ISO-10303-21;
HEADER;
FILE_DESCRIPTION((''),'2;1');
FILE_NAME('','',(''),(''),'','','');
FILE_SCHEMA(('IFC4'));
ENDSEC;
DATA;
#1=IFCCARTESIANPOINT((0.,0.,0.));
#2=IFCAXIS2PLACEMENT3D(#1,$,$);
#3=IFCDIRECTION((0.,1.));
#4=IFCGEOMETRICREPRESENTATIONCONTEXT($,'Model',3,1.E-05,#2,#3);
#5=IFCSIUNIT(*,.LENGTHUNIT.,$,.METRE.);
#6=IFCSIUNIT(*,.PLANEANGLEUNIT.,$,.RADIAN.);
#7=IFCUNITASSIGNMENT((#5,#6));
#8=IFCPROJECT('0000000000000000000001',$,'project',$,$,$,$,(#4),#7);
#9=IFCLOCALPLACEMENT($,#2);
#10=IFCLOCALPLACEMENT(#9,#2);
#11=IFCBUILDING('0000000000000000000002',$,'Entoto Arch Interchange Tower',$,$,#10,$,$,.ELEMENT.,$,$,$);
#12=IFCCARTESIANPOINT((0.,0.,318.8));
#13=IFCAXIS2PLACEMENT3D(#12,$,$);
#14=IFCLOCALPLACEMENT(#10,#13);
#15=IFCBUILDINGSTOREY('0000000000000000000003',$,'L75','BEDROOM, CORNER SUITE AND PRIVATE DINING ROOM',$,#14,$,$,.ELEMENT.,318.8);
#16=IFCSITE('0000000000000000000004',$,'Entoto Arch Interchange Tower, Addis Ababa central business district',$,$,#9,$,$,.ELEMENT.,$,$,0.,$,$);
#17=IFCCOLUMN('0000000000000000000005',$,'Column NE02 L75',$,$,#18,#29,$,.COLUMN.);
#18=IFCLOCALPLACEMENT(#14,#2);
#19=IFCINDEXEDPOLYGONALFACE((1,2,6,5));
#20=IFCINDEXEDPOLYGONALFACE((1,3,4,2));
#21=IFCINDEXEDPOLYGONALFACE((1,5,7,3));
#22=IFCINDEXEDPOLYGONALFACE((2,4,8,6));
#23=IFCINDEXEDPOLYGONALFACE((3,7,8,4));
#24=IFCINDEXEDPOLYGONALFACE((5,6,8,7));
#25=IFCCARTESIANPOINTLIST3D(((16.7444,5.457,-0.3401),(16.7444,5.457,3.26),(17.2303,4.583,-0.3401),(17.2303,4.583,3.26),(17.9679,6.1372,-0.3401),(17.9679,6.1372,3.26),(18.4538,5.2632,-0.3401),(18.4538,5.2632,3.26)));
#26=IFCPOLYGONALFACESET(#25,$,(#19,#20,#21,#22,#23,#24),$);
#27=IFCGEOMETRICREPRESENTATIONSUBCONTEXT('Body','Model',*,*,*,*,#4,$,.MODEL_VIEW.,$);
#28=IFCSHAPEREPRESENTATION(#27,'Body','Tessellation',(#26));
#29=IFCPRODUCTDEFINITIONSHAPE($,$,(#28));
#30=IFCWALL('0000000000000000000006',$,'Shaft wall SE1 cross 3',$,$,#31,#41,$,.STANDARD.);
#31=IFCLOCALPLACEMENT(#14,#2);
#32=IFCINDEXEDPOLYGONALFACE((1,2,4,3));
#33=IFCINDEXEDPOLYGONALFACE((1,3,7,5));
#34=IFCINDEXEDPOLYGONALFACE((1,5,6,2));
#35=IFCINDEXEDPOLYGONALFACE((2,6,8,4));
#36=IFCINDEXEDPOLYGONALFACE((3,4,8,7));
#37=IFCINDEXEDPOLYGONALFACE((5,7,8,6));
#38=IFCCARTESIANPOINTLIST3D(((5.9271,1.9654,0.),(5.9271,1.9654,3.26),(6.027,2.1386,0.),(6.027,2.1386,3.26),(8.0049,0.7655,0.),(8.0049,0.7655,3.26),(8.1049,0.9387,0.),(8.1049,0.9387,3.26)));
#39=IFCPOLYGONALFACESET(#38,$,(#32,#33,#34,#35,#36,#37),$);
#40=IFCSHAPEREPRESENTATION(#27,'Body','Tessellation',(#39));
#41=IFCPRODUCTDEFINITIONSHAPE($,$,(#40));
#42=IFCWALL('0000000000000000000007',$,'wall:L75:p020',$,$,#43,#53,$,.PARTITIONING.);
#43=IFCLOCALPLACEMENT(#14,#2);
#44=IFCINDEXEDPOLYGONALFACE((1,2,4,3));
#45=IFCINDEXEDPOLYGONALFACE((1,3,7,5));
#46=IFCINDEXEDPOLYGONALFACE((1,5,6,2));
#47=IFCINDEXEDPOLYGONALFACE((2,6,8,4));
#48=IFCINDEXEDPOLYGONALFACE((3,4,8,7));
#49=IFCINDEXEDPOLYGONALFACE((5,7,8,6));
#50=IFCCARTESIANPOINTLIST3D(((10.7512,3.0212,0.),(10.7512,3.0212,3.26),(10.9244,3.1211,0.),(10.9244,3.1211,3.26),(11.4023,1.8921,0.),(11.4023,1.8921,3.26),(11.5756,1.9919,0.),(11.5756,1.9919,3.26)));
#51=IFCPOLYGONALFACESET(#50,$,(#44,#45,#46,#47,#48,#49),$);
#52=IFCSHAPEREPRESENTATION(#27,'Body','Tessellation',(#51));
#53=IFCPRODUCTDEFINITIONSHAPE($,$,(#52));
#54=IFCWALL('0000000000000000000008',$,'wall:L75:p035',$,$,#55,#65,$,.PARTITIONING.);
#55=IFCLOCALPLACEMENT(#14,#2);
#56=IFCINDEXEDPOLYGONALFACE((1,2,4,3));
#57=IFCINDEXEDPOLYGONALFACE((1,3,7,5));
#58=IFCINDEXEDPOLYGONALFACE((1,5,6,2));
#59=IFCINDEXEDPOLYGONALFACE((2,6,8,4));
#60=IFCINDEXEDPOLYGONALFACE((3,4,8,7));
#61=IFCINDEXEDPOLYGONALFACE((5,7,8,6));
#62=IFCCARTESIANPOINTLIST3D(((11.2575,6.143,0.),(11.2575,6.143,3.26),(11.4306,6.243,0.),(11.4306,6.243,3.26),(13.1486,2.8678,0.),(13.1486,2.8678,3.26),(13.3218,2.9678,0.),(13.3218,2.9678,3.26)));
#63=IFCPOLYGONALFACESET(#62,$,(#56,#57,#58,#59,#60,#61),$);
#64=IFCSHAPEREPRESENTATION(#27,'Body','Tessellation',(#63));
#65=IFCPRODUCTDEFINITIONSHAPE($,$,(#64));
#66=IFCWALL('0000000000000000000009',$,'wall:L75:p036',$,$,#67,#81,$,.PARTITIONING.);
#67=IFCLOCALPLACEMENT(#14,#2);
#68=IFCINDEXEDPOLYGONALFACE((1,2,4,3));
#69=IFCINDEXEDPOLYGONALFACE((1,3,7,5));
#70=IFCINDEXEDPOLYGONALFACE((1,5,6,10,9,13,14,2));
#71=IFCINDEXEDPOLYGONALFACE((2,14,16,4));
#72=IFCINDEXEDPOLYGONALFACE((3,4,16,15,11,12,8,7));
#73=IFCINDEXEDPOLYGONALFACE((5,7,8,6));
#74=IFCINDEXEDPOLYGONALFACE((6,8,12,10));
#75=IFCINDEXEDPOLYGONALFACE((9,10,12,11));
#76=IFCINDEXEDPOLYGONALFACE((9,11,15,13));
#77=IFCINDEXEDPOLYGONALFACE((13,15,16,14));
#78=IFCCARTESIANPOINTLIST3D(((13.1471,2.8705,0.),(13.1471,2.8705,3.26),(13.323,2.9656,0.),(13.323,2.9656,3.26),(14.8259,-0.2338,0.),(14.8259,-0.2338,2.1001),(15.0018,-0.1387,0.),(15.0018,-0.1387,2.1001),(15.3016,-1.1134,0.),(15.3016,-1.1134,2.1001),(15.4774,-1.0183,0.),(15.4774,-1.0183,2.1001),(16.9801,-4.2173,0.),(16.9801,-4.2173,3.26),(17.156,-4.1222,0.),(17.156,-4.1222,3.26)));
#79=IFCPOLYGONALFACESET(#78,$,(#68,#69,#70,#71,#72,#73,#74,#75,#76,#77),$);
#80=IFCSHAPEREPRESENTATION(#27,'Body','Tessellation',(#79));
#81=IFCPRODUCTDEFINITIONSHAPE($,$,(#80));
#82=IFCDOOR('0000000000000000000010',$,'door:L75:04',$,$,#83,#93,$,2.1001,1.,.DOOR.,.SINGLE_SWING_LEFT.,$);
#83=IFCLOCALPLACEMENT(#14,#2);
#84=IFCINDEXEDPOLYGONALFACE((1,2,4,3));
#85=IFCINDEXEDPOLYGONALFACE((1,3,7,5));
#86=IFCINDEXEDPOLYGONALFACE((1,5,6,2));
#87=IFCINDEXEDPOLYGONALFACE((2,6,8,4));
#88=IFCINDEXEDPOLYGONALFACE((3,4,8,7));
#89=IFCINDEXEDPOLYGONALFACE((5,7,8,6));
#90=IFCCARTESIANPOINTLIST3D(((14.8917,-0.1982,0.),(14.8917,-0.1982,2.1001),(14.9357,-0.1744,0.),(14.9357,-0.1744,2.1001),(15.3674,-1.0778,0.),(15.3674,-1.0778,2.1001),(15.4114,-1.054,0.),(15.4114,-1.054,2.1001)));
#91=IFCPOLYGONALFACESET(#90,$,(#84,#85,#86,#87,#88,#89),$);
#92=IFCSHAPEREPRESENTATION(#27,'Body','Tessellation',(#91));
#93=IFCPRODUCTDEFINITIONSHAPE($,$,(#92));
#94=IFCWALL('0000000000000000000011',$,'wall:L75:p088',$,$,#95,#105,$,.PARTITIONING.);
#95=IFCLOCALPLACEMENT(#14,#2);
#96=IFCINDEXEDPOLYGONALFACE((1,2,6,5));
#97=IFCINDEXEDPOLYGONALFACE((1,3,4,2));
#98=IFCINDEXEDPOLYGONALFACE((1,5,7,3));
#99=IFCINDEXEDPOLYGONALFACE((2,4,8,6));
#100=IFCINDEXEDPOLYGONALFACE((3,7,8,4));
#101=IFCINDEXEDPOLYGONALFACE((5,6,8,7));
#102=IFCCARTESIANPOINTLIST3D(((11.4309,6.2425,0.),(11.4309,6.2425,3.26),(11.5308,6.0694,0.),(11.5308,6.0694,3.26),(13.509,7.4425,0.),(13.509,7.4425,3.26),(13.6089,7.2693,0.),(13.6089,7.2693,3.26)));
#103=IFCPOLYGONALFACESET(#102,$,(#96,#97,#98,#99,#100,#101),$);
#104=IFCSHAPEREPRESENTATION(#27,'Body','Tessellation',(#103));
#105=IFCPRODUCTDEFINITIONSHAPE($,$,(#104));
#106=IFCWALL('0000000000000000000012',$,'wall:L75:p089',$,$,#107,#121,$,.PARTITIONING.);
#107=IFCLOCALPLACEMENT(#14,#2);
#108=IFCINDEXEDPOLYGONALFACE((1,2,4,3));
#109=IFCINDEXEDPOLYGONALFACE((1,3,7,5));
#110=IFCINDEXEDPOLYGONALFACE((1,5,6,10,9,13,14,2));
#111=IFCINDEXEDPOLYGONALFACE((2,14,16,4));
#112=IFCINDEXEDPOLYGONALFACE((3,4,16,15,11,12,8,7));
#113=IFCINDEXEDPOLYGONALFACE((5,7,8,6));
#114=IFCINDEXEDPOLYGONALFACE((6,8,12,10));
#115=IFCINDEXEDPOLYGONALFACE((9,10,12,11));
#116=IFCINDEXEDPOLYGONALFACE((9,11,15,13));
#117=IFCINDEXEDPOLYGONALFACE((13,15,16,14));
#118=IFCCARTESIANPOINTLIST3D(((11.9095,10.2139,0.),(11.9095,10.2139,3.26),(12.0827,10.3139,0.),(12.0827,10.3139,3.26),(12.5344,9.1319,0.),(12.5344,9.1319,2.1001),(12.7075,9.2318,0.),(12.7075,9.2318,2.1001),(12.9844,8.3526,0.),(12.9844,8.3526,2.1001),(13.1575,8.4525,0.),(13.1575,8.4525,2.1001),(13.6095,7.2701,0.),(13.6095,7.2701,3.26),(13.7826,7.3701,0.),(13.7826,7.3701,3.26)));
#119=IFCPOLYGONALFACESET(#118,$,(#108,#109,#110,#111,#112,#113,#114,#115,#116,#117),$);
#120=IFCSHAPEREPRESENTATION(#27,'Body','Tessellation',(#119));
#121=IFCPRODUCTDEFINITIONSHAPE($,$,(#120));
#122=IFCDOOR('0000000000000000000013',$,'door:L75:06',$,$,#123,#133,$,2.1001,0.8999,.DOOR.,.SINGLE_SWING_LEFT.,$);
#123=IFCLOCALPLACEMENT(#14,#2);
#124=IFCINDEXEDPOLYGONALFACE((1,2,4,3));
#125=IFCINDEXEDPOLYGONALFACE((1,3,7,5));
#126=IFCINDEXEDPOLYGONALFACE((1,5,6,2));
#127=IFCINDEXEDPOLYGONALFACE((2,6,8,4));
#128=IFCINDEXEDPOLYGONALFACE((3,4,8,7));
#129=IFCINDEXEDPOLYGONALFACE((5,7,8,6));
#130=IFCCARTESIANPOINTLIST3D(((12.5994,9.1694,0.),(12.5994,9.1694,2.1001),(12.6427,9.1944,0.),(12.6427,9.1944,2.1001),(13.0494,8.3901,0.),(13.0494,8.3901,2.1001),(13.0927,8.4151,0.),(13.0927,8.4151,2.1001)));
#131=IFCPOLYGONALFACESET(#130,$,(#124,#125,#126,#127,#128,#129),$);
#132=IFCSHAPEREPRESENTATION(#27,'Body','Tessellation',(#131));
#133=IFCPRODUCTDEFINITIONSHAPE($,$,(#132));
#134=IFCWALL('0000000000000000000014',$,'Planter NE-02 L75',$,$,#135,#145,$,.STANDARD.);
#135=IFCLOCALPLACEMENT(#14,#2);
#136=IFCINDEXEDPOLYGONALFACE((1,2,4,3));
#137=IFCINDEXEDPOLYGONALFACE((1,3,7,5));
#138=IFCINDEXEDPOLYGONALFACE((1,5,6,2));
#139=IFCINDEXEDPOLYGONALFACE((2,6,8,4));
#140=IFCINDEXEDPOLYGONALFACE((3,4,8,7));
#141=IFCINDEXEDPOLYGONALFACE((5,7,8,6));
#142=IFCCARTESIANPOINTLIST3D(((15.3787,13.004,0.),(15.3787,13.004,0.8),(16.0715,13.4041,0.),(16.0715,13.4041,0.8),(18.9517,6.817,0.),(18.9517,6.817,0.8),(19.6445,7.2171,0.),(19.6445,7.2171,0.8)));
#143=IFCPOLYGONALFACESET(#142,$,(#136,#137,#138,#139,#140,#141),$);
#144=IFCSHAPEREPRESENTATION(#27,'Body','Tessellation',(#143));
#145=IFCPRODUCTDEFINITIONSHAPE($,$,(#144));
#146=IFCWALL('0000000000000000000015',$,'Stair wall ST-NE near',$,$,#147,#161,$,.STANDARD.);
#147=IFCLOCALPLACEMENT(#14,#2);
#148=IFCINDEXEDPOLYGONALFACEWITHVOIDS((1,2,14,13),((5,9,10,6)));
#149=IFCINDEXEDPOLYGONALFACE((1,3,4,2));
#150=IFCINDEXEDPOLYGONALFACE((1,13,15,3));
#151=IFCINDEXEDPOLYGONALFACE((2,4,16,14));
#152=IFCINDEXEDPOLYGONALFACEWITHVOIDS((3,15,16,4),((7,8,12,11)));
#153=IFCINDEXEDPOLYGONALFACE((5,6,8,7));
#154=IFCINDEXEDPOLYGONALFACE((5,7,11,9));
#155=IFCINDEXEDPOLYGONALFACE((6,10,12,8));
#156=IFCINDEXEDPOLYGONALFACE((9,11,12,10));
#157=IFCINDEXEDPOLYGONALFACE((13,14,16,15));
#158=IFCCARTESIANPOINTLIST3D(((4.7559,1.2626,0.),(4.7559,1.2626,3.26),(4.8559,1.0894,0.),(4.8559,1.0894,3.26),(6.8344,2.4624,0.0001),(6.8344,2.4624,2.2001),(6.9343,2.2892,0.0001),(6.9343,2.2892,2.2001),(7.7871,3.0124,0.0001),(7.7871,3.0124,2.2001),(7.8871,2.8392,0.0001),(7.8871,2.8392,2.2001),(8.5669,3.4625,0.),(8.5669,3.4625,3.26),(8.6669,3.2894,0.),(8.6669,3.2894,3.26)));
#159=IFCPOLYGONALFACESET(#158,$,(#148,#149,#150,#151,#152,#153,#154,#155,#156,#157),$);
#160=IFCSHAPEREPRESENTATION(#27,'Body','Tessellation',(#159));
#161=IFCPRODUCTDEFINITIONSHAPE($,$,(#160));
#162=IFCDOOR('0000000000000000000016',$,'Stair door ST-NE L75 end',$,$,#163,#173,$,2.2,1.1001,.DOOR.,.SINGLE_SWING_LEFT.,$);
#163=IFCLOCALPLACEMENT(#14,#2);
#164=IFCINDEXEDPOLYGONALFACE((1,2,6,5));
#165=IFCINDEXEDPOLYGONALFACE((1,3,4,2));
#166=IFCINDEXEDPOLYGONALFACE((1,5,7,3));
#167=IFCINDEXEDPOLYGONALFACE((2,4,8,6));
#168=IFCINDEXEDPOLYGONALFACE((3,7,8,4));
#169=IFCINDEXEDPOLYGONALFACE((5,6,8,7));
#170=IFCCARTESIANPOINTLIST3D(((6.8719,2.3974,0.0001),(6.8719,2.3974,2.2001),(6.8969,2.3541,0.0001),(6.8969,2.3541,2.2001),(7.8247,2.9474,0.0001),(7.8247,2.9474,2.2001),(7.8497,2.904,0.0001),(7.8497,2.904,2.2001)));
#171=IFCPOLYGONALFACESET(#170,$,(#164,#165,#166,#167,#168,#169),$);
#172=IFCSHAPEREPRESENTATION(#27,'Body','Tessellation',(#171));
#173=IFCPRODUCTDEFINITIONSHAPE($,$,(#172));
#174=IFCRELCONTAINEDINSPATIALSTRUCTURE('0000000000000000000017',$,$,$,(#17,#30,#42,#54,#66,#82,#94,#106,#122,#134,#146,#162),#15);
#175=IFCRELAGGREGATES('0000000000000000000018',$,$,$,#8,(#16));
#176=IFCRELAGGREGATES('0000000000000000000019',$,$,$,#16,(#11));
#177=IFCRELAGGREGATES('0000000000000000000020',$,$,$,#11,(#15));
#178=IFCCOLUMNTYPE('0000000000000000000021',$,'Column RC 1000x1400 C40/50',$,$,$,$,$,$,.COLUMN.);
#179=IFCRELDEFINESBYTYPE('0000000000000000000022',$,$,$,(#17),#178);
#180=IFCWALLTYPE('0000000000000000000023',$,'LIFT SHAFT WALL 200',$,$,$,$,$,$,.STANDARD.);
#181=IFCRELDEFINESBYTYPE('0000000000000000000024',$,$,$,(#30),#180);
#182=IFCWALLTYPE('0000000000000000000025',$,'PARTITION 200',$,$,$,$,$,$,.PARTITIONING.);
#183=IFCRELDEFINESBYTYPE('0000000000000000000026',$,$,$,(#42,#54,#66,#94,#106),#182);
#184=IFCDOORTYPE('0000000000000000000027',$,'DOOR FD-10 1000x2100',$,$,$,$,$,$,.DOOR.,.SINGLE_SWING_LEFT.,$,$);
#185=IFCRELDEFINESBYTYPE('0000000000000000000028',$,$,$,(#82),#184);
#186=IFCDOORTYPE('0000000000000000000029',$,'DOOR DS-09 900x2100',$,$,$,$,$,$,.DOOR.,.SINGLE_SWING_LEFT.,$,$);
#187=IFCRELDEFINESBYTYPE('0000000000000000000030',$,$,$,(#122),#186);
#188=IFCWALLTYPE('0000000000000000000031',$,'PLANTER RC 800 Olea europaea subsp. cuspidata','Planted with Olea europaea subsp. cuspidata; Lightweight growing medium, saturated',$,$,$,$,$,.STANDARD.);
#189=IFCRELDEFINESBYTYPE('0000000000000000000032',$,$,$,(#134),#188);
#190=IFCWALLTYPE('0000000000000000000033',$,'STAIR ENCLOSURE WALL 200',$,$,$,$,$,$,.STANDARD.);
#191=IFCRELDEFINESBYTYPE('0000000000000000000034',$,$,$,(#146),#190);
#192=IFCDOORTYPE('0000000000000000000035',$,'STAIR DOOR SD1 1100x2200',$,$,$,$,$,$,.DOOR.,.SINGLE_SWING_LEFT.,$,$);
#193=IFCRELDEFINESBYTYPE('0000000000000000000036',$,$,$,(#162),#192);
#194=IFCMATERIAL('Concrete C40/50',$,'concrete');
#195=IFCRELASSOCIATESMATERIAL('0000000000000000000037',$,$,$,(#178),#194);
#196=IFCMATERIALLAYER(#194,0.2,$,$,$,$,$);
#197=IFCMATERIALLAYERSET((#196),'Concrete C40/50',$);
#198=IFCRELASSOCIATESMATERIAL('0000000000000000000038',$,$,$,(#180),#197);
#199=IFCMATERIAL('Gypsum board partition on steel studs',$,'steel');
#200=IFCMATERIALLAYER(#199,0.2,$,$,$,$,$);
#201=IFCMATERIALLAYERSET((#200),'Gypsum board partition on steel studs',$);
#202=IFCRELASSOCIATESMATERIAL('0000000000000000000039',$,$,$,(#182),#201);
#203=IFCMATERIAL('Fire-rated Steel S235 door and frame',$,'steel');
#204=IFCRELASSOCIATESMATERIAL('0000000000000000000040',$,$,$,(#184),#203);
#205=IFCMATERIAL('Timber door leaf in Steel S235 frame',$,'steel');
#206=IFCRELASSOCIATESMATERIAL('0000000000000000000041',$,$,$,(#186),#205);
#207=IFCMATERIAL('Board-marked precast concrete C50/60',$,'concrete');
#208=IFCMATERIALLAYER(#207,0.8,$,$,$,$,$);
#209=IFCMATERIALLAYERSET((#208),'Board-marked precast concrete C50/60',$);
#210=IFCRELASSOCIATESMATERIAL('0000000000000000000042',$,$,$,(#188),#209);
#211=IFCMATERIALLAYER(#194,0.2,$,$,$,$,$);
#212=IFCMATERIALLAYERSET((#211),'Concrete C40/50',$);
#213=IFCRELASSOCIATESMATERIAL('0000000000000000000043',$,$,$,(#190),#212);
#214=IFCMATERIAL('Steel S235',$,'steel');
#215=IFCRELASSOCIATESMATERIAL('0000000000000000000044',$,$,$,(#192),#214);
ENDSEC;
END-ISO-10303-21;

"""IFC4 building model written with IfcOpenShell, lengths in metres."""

from ifc_helpers import new_model, si_unit, direction, frame, frame_2d, origin, origin_2d, place, context, subcontext, project, spatial, rectangle, extrude, material, layer, layer_set, material_profile, profile_set, type_object, element, fill, save


model = new_model("IFC4")

# Units and contexts
model_context = context("Model", 3, precision=1e-05, world=origin(), true_north=direction((0.0, 1.0)))
body_context = subcontext(model_context, "Body", "Model", "MODEL_VIEW")
ifc_project = project(units=[si_unit("LENGTHUNIT", "METRE"), si_unit("PLANEANGLEUNIT", "RADIAN")], contexts=[model_context])

# Site, building, storey
site_placement = place(None, origin())
site = spatial("IfcSite", under=ifc_project, at=site_placement, Name="Entoto Arch Interchange Tower, Addis Ababa central business district", CompositionType="ELEMENT", RefElevation=0.0)
building_placement = place(site_placement, origin())
building = spatial("IfcBuilding", under=site, at=building_placement, Name="Entoto Arch Interchange Tower", CompositionType="ELEMENT")
storey_placement = place(building_placement, frame((0.0, 0.0, 318.8)))
storey = spatial("IfcBuildingStorey", under=building, at=storey_placement, Name="L75", Description="BEDROOM, CORNER SUITE AND PRIVATE DINING ROOM", CompositionType="ELEMENT", Elevation=318.8)

# Column
ifc_material_1 = material(Name="Concrete C40/50", Category="concrete")
ifc_material_profile = material_profile(ifc_material_1, rectangle(XDim=1.0, YDim=1.3999, at=origin_2d()))
ifc_profile_set = profile_set([ifc_material_profile], Name="Concrete C40/50")
column_type = type_object("IfcColumnType", Name="Column RC 1000x1400 C40/50", PredefinedType="COLUMN", material=ifc_profile_set)
column_placement = place(storey_placement, frame((17.5991, 5.3601, -0.3401), z_axis=(0.0, 0.0, 1.0), x_axis=(-0.485924, 0.874001, 0.0)))
element("IfcColumn", 1, at=column_placement, inside=storey, type_object=column_type, Name="Column NE02 L75", PredefinedType="COLUMN", context=body_context, shape_type="SweptSolid", body=[
    extrude(rectangle(XDim=1.0, YDim=1.3999, at=origin_2d()), origin(), (0.0, 0.0, 1.0), 3.6001),
])

# Walls
ifc_layer_1 = layer(ifc_material_1, 0.2)
ifc_layer_set_1 = layer_set([ifc_layer_1], Name="Concrete C40/50")
wall_type_1 = type_object("IfcWallType", Name="LIFT SHAFT WALL 200", PredefinedType="STANDARD", material=ifc_layer_set_1)
wall_1_placement = place(storey_placement, frame((5.9771, 2.052, 0.0), z_axis=(0.0, 0.0, 1.0), x_axis=(0.865974, -0.500089, 0.0)))
element("IfcWall", 2, at=wall_1_placement, inside=storey, type_object=wall_type_1, Name="Shaft wall SE1 cross 3", PredefinedType="STANDARD", context=body_context, shape_type="SweptSolid", body=[
    extrude(rectangle(XDim=2.3994, YDim=0.2, at=frame_2d((1.1997, 0.0))), origin(), (0.0, 0.0, 1.0), 3.26),
])
ifc_material_2 = material(Name="Gypsum board partition on steel studs", Category="steel")
ifc_layer_2 = layer(ifc_material_2, 0.2)
ifc_layer_set_2 = layer_set([ifc_layer_2], Name="Gypsum board partition on steel studs")
wall_type_2 = type_object("IfcWallType", Name="PARTITION 200", PredefinedType="PARTITIONING", material=ifc_layer_set_2)
wall_2_placement = place(storey_placement, frame((11.489, 1.9419, 0.0), z_axis=(0.0, 0.0, 1.0), x_axis=(-0.499544, 0.866288, 0.0)))
element("IfcWall", 3, at=wall_2_placement, inside=storey, type_object=wall_type_2, Name="wall:L75:p020", PredefinedType="PARTITIONING", context=body_context, shape_type="SweptSolid", body=[
    extrude(rectangle(XDim=1.3035, YDim=0.2, at=frame_2d((0.6519, 0.0))), origin(), (0.0, 0.0, 1.0), 3.26),
])
wall_3_placement = place(storey_placement, frame((11.344, 6.1931, 0.0), z_axis=(0.0, 0.0, 1.0), x_axis=(0.500041, -0.866002, 0.0)))
element("IfcWall", 4, at=wall_3_placement, inside=storey, type_object=wall_type_2, Name="wall:L75:p035", PredefinedType="PARTITIONING", context=body_context, shape_type="SweptSolid", body=[
    extrude(rectangle(XDim=3.782, YDim=0.2, at=frame_2d((1.8911, 0.0))), origin(), (0.0, 0.0, 1.0), 3.26),
])

# Wall, opening, door
wall_4_placement = place(storey_placement, frame((13.2351, 2.918, 0.0), z_axis=(0.0, 0.0, 1.0), x_axis=(0.475682, -0.879617, 0.0)))
wall_4 = element("IfcWall", 5, at=wall_4_placement, inside=storey, type_object=wall_type_2, Name="wall:L75:p036", PredefinedType="PARTITIONING", context=body_context, shape_type="SweptSolid", body=[
    extrude(rectangle(XDim=8.0579, YDim=0.2, at=frame_2d((4.0288, 0.0))), origin(), (0.0, 0.0, 1.0), 3.26),
])
opening_1_placement = place(wall_4_placement, frame((3.5291, 0.0, 0.0)))
opening_1 = element("IfcOpeningElement", 6, at=opening_1_placement, cuts=wall_4, PredefinedType="OPENING", context=body_context, shape_type="SweptSolid", body=[
    extrude(rectangle(XDim=1.0, YDim=2.1001, at=frame_2d((0.5, 1.05))), frame((0.0, 0.1099, 0.0), z_axis=(0.0, -1.0, 0.0), x_axis=(1.0, 0.0, 0.0)), (0.0, 0.0, 1.0), 0.22),
])
ifc_material_3 = material(Name="Fire-rated Steel S235 door and frame", Category="steel")
door_type_1 = type_object("IfcDoorType", Name="DOOR FD-10 1000x2100", OperationType="SINGLE_SWING_LEFT", PredefinedType="DOOR", material=ifc_material_3)
door_1_placement = place(opening_1_placement, origin())
door_1 = element("IfcDoor", 7, at=door_1_placement, inside=storey, type_object=door_type_1, Name="door:L75:04", OperationType="SINGLE_SWING_LEFT", OverallHeight=2.1001, OverallWidth=1.0, PredefinedType="DOOR", context=body_context, shape_type="SweptSolid", body=[
    extrude(rectangle(XDim=1.0, YDim=2.1001, at=frame_2d((0.5, 1.05))), frame((0.0, 0.0249, 0.0), z_axis=(0.0, -1.0, 0.0), x_axis=(1.0, 0.0, 0.0)), (0.0, 0.0, 1.0), 0.05),
])
fill(opening_1, door_1)

# Wall
wall_5_placement = place(storey_placement, frame((11.481, 6.156, 0.0), z_axis=(0.0, 0.0, 1.0), x_axis=(0.865999, 0.500045, 0.0)))
element("IfcWall", 8, at=wall_5_placement, inside=storey, type_object=wall_type_2, Name="wall:L75:p088", PredefinedType="PARTITIONING", context=body_context, shape_type="SweptSolid", body=[
    extrude(rectangle(XDim=2.3997, YDim=0.2, at=frame_2d((1.1997, 0.0))), origin(), (0.0, 0.0, 1.0), 3.26),
])

# Wall, opening, door
wall_6_placement = place(storey_placement, frame((13.696, 7.3201, 0.0), z_axis=(0.0, 0.0, 1.0), x_axis=(-0.500071, 0.865985, 0.0)))
wall_6 = element("IfcWall", 9, at=wall_6_placement, inside=storey, type_object=wall_type_2, Name="wall:L75:p089", PredefinedType="PARTITIONING", context=body_context, shape_type="SweptSolid", body=[
    extrude(rectangle(XDim=3.3994, YDim=0.2, at=frame_2d((1.6997, 0.0))), origin(), (0.0, 0.0, 1.0), 3.26),
])
opening_2_placement = place(wall_6_placement, frame((1.25, 0.0, 0.0)))
opening_2 = element("IfcOpeningElement", 10, at=opening_2_placement, cuts=wall_6, PredefinedType="OPENING", context=body_context, shape_type="SweptSolid", body=[
    extrude(rectangle(XDim=0.8999, YDim=2.1001, at=frame_2d((0.45, 1.05))), frame((0.0, 0.1099, 0.0), z_axis=(0.0, -1.0, 0.0), x_axis=(1.0, 0.0, 0.0)), (0.0, 0.0, 1.0), 0.22),
])
ifc_material_4 = material(Name="Timber door leaf in Steel S235 frame", Category="steel")
door_type_2 = type_object("IfcDoorType", Name="DOOR DS-09 900x2100", OperationType="SINGLE_SWING_LEFT", PredefinedType="DOOR", material=ifc_material_4)
door_2_placement = place(opening_2_placement, origin())
door_2 = element("IfcDoor", 11, at=door_2_placement, inside=storey, type_object=door_type_2, Name="door:L75:06", OperationType="SINGLE_SWING_LEFT", OverallHeight=2.1001, OverallWidth=0.8999, PredefinedType="DOOR", context=body_context, shape_type="SweptSolid", body=[
    extrude(rectangle(XDim=0.8999, YDim=2.1001, at=frame_2d((0.45, 1.05))), frame((0.0, 0.0249, 0.0), z_axis=(0.0, -1.0, 0.0), x_axis=(1.0, 0.0, 0.0)), (0.0, 0.0, 1.0), 0.05),
])
fill(opening_2, door_2)

# Wall
ifc_material_5 = material(Name="Board-marked precast concrete C50/60", Category="concrete")
ifc_layer_3 = layer(ifc_material_5, 0.8)
ifc_layer_set_3 = layer_set([ifc_layer_3], Name="Board-marked precast concrete C50/60")
wall_type_3 = type_object("IfcWallType", Name="PLANTER RC 800 Olea europaea subsp. cuspidata", Description="Planted with Olea europaea subsp. cuspidata; Lightweight growing medium, saturated", PredefinedType="STANDARD", material=ifc_layer_set_3)
wall_7_placement = place(storey_placement, frame((19.2981, 7.0171, 0.0), z_axis=(0.0, 0.0, 1.0), x_axis=(-0.500097, 0.865969, 0.0)))
element("IfcWall", 12, at=wall_7_placement, inside=storey, type_object=wall_type_3, Name="Planter NE-02 L75", PredefinedType="STANDARD", context=body_context, shape_type="SweptSolid", body=[
    extrude(rectangle(XDim=7.1445, YDim=0.8, at=frame_2d((3.5723, 0.0))), origin(), (0.0, 0.0, 1.0), 0.8),
])

# Wall, opening, door
ifc_layer_4 = layer(ifc_material_1, 0.2)
ifc_layer_set_4 = layer_set([ifc_layer_4], Name="Concrete C40/50")
wall_type_4 = type_object("IfcWallType", Name="STAIR ENCLOSURE WALL 200", PredefinedType="STANDARD", material=ifc_layer_set_4)
wall_8_placement = place(storey_placement, frame((4.8059, 1.176, 0.0), z_axis=(0.0, 0.0, 1.0), x_axis=(0.86606, 0.49994, 0.0)))
wall_8 = element("IfcWall", 13, at=wall_8_placement, inside=storey, type_object=wall_type_4, Name="Stair wall ST-NE near", PredefinedType="STANDARD", context=body_context, shape_type="SweptSolid", body=[
    extrude(rectangle(XDim=4.4004, YDim=0.2, at=frame_2d((2.2002, 0.0))), origin(), (0.0, 0.0, 1.0), 3.26),
])
opening_3_placement = place(wall_8_placement, frame((2.3999, 0.0, 0.0)))
opening_3 = element("IfcOpeningElement", 14, at=opening_3_placement, cuts=wall_8, PredefinedType="OPENING", context=body_context, shape_type="SweptSolid", body=[
    extrude(rectangle(XDim=1.1001, YDim=2.2, at=frame_2d((0.55, 1.1001))), frame((0.0, 0.1099, 0.0), z_axis=(0.0, -1.0, 0.0), x_axis=(1.0, 0.0, 0.0)), (0.0, 0.0, 1.0), 0.22),
])
ifc_material_6 = material(Name="Steel S235", Category="steel")
door_type_3 = type_object("IfcDoorType", Name="STAIR DOOR SD1 1100x2200", OperationType="SINGLE_SWING_LEFT", PredefinedType="DOOR", material=ifc_material_6)
door_3_placement = place(opening_3_placement, origin())
door_3 = element("IfcDoor", 15, at=door_3_placement, inside=storey, type_object=door_type_3, Name="Stair door ST-NE L75 end", OperationType="SINGLE_SWING_LEFT", OverallHeight=2.2, OverallWidth=1.1001, PredefinedType="DOOR", context=body_context, shape_type="SweptSolid", body=[
    extrude(rectangle(XDim=1.1001, YDim=2.2, at=frame_2d((0.55, 1.1001))), frame((0.0, 0.0249, 0.0), z_axis=(0.0, -1.0, 0.0), x_axis=(1.0, 0.0, 0.0)), (0.0, 0.0, 1.0), 0.05),
])
fill(opening_3, door_3)

save(model, "model.ifc")
